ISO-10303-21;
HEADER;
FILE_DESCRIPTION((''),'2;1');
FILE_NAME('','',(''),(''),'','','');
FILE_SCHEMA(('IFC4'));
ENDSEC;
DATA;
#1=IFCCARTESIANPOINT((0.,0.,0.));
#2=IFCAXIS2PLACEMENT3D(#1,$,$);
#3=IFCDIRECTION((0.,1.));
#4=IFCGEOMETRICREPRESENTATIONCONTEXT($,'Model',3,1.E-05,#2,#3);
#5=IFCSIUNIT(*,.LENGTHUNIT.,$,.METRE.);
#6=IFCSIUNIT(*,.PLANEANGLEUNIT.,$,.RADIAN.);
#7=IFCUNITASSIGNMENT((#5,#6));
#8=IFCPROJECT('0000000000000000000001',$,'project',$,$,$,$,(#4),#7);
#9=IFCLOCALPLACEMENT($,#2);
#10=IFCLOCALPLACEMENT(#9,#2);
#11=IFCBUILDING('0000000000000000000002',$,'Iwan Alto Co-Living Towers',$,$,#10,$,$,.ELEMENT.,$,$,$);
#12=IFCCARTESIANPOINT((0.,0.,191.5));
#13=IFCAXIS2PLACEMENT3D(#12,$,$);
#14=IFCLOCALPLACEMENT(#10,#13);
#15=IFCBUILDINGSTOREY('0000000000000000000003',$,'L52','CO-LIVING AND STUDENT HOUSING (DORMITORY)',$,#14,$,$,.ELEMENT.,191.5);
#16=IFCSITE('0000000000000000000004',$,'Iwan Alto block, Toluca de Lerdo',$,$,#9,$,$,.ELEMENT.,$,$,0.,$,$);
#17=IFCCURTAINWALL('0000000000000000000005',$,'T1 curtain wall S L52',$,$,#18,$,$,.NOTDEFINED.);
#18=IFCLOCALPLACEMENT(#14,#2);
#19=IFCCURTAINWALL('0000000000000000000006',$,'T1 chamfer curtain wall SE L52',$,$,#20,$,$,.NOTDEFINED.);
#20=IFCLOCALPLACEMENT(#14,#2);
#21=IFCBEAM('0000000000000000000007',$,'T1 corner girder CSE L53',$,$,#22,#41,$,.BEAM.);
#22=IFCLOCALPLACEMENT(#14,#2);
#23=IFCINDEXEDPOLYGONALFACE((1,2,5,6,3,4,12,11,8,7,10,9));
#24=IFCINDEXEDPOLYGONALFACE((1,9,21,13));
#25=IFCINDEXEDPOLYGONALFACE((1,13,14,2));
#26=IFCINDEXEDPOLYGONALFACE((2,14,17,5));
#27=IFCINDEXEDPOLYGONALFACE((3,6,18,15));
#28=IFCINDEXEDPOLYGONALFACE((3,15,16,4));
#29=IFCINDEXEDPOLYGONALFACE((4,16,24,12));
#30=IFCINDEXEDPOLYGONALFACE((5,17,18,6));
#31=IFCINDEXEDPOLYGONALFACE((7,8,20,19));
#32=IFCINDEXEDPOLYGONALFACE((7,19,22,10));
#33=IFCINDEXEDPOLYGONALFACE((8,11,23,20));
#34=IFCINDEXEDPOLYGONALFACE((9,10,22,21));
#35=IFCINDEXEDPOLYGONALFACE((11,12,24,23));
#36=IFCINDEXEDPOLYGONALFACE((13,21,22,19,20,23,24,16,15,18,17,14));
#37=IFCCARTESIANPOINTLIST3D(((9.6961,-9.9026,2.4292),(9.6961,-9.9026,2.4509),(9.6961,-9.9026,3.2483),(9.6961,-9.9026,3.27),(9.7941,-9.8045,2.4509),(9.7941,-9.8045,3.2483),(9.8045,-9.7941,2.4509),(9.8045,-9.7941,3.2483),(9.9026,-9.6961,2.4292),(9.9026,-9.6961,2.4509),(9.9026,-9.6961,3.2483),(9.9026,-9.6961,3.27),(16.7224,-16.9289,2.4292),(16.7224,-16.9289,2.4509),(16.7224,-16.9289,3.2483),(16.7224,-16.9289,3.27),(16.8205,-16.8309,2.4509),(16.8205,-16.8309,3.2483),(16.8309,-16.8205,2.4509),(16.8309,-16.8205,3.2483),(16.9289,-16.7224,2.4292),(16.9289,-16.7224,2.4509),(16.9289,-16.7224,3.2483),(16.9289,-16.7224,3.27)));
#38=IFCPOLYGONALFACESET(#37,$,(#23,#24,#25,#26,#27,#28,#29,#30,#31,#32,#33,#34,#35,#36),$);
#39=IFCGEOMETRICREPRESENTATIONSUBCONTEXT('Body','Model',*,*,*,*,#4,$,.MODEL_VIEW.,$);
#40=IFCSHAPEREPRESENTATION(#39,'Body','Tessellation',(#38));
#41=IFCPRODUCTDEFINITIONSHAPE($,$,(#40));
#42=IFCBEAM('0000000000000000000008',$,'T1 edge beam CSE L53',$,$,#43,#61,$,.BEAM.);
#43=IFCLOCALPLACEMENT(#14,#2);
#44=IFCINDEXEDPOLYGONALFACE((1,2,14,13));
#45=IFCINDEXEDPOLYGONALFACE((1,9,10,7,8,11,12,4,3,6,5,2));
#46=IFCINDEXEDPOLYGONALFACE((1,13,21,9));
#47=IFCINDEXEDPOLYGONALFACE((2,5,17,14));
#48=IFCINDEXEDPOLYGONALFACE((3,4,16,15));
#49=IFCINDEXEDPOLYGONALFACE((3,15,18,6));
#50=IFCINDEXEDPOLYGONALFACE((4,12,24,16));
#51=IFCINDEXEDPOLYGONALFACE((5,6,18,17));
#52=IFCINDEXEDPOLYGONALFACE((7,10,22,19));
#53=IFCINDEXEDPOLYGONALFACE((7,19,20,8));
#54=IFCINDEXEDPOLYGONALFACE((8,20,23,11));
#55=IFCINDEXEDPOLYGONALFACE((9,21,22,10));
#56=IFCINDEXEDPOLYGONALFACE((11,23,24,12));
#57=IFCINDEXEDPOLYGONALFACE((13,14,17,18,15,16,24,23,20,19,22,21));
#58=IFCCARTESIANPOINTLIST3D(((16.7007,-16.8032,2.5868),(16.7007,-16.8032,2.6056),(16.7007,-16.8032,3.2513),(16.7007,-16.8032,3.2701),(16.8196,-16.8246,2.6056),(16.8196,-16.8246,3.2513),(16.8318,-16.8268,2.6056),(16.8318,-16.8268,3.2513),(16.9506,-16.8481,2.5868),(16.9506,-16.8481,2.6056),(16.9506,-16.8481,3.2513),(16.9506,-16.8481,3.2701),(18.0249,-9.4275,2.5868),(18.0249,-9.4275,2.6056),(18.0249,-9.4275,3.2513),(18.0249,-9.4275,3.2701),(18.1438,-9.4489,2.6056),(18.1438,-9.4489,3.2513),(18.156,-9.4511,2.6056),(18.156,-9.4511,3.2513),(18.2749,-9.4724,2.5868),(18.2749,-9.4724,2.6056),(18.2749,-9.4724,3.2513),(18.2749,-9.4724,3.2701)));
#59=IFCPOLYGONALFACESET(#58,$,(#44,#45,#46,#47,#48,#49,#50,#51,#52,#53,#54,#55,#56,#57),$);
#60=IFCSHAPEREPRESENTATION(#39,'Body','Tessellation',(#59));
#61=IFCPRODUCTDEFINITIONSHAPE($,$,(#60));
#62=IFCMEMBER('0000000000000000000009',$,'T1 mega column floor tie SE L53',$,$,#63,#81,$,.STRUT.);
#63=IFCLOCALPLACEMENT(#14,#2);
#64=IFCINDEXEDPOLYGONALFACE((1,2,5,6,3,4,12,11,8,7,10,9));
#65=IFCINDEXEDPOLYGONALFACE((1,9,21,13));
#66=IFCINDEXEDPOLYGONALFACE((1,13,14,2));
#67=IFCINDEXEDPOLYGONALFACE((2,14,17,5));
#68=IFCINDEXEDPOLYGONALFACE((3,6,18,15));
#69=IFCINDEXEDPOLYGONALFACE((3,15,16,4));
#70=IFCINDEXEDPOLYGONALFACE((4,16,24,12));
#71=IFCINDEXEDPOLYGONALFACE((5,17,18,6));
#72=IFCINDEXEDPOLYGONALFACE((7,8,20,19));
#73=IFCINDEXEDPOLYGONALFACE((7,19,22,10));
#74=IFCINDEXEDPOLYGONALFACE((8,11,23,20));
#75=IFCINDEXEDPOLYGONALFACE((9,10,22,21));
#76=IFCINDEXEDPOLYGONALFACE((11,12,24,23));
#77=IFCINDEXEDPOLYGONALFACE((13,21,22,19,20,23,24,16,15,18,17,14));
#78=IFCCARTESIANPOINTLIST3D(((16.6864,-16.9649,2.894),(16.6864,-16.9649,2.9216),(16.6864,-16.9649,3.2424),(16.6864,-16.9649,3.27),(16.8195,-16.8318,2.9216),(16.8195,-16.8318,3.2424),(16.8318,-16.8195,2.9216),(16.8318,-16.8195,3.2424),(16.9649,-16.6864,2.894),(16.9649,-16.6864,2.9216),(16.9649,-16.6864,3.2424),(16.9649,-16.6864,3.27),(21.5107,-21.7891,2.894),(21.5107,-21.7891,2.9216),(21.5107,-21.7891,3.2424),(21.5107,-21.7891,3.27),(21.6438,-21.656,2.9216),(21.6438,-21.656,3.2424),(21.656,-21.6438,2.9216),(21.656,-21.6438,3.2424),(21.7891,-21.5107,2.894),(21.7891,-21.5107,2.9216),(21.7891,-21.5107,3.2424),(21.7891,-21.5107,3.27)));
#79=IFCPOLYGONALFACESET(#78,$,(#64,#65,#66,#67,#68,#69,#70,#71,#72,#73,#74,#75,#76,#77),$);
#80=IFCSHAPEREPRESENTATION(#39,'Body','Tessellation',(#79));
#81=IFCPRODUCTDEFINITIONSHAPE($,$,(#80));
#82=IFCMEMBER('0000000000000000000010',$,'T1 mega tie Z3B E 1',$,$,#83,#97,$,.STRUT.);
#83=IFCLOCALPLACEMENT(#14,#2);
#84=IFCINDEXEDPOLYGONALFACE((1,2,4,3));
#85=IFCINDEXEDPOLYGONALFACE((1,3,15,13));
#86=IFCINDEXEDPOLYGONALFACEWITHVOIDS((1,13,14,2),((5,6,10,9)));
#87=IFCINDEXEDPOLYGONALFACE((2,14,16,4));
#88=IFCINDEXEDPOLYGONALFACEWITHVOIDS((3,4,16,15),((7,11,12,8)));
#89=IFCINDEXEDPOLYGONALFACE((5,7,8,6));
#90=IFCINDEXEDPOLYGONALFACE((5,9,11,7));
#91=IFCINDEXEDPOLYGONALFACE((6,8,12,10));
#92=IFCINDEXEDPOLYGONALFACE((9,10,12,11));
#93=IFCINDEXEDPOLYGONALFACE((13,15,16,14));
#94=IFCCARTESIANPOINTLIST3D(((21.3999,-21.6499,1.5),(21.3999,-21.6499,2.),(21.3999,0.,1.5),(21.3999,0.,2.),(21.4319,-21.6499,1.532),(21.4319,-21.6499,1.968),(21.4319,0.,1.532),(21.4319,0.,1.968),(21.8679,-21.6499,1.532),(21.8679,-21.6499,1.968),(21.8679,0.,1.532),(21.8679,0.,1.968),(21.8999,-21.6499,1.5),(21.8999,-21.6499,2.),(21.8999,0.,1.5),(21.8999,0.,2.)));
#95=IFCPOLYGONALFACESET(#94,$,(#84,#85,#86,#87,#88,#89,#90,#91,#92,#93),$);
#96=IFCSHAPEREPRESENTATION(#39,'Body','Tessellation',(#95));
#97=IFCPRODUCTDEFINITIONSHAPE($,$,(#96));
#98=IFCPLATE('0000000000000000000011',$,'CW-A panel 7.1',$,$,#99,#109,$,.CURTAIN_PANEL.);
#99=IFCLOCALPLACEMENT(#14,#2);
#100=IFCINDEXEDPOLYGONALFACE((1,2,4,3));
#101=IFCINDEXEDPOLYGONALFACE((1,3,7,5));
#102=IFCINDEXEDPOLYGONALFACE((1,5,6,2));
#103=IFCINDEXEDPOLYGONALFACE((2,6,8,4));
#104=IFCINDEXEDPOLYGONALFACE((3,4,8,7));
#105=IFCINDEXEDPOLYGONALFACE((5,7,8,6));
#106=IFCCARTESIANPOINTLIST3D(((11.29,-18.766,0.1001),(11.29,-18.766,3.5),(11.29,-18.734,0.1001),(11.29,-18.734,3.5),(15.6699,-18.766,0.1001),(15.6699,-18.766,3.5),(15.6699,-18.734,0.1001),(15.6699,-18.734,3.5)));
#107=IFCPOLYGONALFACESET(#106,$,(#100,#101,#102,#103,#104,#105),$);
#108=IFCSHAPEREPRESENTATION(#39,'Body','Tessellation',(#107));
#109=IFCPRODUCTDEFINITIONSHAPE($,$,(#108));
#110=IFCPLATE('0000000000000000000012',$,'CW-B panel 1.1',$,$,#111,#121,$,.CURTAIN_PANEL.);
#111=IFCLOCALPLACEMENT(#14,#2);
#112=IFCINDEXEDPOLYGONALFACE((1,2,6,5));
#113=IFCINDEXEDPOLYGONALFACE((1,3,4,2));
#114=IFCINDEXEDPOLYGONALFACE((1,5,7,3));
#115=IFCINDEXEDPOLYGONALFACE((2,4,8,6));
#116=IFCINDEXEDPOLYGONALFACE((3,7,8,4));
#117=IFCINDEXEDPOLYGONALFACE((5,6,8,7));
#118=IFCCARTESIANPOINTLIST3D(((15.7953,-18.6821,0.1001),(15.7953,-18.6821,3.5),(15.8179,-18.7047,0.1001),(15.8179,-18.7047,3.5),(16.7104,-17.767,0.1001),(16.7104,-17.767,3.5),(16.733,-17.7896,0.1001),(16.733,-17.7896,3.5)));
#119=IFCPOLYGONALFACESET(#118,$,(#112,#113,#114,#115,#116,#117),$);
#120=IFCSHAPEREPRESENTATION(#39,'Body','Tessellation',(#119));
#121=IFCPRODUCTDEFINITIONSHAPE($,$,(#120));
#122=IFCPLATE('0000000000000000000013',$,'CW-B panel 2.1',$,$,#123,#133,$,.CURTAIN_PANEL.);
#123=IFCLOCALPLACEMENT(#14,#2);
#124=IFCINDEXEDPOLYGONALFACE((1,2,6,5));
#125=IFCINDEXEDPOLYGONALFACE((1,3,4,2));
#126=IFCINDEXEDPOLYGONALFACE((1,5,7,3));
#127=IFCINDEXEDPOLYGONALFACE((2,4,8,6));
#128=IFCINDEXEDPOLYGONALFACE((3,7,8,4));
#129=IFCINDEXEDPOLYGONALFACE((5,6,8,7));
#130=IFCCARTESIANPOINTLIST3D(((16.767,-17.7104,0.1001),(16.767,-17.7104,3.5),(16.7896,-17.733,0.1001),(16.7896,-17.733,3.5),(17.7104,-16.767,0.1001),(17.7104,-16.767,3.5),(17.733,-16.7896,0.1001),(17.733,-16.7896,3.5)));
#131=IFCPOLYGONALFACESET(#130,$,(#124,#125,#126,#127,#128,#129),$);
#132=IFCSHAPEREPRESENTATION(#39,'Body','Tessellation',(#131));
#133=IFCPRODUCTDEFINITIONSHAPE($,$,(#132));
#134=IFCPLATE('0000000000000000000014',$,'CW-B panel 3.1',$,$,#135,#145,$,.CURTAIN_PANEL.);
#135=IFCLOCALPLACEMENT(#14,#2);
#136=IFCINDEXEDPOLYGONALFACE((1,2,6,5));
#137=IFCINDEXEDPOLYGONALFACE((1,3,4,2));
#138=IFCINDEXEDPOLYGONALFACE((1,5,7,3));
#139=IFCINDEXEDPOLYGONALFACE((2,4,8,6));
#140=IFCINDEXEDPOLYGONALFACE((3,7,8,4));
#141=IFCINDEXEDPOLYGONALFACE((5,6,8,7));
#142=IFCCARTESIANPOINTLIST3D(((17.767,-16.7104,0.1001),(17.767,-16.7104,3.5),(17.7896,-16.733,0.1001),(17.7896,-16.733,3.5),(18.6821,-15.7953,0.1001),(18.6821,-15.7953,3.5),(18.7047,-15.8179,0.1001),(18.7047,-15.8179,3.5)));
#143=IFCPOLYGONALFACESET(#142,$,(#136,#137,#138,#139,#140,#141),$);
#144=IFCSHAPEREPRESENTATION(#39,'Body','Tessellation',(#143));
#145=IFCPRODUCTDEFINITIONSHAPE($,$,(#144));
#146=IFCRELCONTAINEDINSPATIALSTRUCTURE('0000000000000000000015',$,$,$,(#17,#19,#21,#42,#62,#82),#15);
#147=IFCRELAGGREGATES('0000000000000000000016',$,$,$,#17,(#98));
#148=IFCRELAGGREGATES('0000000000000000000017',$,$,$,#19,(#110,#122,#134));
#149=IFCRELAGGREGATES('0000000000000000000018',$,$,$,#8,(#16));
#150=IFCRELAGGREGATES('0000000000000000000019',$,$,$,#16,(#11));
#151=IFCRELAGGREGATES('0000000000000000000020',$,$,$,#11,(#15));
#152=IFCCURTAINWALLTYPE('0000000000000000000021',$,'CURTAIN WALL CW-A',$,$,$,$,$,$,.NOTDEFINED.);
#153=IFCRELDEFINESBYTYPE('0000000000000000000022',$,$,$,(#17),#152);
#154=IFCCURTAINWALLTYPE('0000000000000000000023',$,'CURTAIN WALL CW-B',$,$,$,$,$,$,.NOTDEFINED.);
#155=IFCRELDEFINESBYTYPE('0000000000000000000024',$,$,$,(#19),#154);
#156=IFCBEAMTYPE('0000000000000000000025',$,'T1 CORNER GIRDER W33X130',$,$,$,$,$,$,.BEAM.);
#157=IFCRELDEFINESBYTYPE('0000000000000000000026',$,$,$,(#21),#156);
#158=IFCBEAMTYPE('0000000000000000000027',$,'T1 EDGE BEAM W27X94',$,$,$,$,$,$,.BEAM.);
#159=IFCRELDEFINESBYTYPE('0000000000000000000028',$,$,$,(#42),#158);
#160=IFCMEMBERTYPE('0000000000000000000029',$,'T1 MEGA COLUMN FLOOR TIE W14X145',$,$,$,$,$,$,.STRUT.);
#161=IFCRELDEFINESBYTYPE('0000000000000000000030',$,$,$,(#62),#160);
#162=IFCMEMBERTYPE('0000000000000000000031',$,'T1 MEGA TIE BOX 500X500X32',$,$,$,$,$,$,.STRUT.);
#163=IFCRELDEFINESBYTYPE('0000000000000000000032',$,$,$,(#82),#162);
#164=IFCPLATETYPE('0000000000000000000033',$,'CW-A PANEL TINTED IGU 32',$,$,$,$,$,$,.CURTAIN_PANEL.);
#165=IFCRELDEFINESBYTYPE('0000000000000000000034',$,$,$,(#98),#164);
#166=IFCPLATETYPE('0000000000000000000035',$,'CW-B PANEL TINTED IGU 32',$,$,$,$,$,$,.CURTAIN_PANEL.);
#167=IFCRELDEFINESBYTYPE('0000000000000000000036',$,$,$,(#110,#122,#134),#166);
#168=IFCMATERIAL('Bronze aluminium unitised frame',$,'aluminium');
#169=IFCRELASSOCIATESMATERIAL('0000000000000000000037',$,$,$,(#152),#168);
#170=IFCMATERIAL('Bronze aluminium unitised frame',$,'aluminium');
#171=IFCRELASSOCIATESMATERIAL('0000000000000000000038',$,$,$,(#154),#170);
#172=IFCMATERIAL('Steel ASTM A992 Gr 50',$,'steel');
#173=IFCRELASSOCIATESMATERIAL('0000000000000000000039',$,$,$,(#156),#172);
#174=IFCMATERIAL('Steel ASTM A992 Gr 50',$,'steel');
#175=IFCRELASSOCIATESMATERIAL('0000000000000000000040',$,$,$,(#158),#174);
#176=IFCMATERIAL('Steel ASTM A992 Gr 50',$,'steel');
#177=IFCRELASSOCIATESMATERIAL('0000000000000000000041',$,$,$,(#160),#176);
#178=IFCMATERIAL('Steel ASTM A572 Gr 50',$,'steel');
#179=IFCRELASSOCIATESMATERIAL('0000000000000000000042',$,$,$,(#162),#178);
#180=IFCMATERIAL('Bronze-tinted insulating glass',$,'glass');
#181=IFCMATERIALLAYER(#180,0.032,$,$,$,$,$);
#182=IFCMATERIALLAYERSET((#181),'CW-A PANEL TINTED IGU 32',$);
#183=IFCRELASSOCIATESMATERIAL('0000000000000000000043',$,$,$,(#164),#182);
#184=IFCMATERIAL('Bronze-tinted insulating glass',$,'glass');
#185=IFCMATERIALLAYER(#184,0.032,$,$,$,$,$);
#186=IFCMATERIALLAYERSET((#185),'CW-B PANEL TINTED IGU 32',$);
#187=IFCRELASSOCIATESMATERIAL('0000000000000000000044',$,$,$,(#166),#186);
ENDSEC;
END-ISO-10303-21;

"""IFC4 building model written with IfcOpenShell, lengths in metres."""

from ifc_helpers import new_model, si_unit, direction, frame, origin, origin_2d, place, context, subcontext, project, spatial, rectangle, hollow_rectangle, i_section, extrude, material, layer, layer_set, material_profile, profile_set, type_object, element, aggregate, save


model = new_model("IFC4")

# Units and contexts
model_context = context("Model", 3, precision=1e-05, world=origin(), true_north=direction((0.0, 1.0)))
body_context = subcontext(model_context, "Body", "Model", "MODEL_VIEW")
ifc_project = project(units=[si_unit("LENGTHUNIT", "METRE"), si_unit("PLANEANGLEUNIT", "RADIAN")], contexts=[model_context])

# Site, building, storey
site_placement = place(None, origin())
site = spatial("IfcSite", under=ifc_project, at=site_placement, Name="Iwan Alto block, Toluca de Lerdo", CompositionType="ELEMENT", RefElevation=0.0)
building_placement = place(site_placement, origin())
building = spatial("IfcBuilding", under=site, at=building_placement, Name="Iwan Alto Co-Living Towers", CompositionType="ELEMENT")
storey_placement = place(building_placement, frame((0.0, 0.0, 191.5)))
storey = spatial("IfcBuildingStorey", under=building, at=storey_placement, Name="L52", Description="CO-LIVING AND STUDENT HOUSING (DORMITORY)", CompositionType="ELEMENT", Elevation=191.5)

# Curtain wall
ifc_material_1 = material(Name="Bronze aluminium unitised frame", Category="aluminium")
curtain_wall_type_1 = type_object("IfcCurtainWallType", Name="CURTAIN WALL CW-A", PredefinedType="NOTDEFINED", material=ifc_material_1)
curtain_wall_1_placement = place(storey_placement, origin())
curtain_wall_1 = element("IfcCurtainWall", 1, at=curtain_wall_1_placement, inside=storey, type_object=curtain_wall_type_1, Name="T1 curtain wall S L52", PredefinedType="NOTDEFINED")

# Curtain wall
ifc_material_2 = material(Name="Bronze aluminium unitised frame", Category="aluminium")
curtain_wall_type_2 = type_object("IfcCurtainWallType", Name="CURTAIN WALL CW-B", PredefinedType="NOTDEFINED", material=ifc_material_2)
curtain_wall_2_placement = place(storey_placement, origin())
curtain_wall_2 = element("IfcCurtainWall", 2, at=curtain_wall_2_placement, inside=storey, type_object=curtain_wall_type_2, Name="T1 chamfer curtain wall SE L52", PredefinedType="NOTDEFINED")

# Beams
ifc_material_3 = material(Name="Steel ASTM A992 Gr 50", Category="steel")
ifc_material_profile_1 = material_profile(ifc_material_3, i_section(OverallWidth=0.292, OverallDepth=0.8408, WebThickness=0.0146, FlangeThickness=0.0217, at=origin_2d()), Name="W33X130")
ifc_profile_set_1 = profile_set([ifc_material_profile_1], Name="Steel ASTM A992 Gr 50")
beam_type_1 = type_object("IfcBeamType", Name="T1 CORNER GIRDER W33X130", PredefinedType="BEAM", material=ifc_profile_set_1)
beam_1_placement = place(storey_placement, frame((16.8257, -16.8257, 2.8496), z_axis=(-0.707107, 0.707107, 0.0), x_axis=(-0.707107, -0.707107, 0.0)))
element("IfcBeam", 3, at=beam_1_placement, inside=storey, type_object=beam_type_1, Name="T1 corner girder CSE L53", PredefinedType="BEAM", context=body_context, shape_type="SweptSolid", body=[
    extrude(i_section(OverallWidth=0.292, OverallDepth=0.8408, WebThickness=0.0146, FlangeThickness=0.0217, at=origin_2d()), origin(), (0.0, 0.0, 1.0), 9.9368),
])
ifc_material_4 = material(Name="Steel ASTM A992 Gr 50", Category="steel")
ifc_material_profile_2 = material_profile(ifc_material_4, i_section(OverallWidth=0.2539, OverallDepth=0.6833, WebThickness=0.0125, FlangeThickness=0.0188, at=origin_2d()), Name="W27X94")
ifc_profile_set_2 = profile_set([ifc_material_profile_2], Name="Steel ASTM A992 Gr 50")
beam_type_2 = type_object("IfcBeamType", Name="T1 EDGE BEAM W27X94", PredefinedType="BEAM", material=ifc_profile_set_2)
beam_2_placement = place(storey_placement, frame((16.8257, -16.8257, 2.9285), z_axis=(0.176712, 0.984263, 0.0), x_axis=(-0.984263, 0.176712, 0.0)))
element("IfcBeam", 4, at=beam_2_placement, inside=storey, type_object=beam_type_2, Name="T1 edge beam CSE L53", PredefinedType="BEAM", context=body_context, shape_type="SweptSolid", body=[
    extrude(i_section(OverallWidth=0.2539, OverallDepth=0.6833, WebThickness=0.0125, FlangeThickness=0.0188, at=origin_2d()), origin(), (0.0, 0.0, 1.0), 7.4937),
])

# Members
ifc_material_5 = material(Name="Steel ASTM A992 Gr 50", Category="steel")
ifc_material_profile_3 = material_profile(ifc_material_5, i_section(OverallWidth=0.3938, OverallDepth=0.376, WebThickness=0.0173, FlangeThickness=0.0276, at=origin_2d()), Name="W14X145")
ifc_profile_set_3 = profile_set([ifc_material_profile_3], Name="Steel ASTM A992 Gr 50")
member_type_1 = type_object("IfcMemberType", Name="T1 MEGA COLUMN FLOOR TIE W14X145", PredefinedType="STRUT", material=ifc_profile_set_3)
member_1_placement = place(storey_placement, frame((21.6499, -21.6499, 3.082), z_axis=(-0.707107, 0.707107, 0.0), x_axis=(-0.707107, -0.707107, 0.0)))
element("IfcMember", 5, at=member_1_placement, inside=storey, type_object=member_type_1, Name="T1 mega column floor tie SE L53", PredefinedType="STRUT", context=body_context, shape_type="SweptSolid", body=[
    extrude(i_section(OverallWidth=0.3938, OverallDepth=0.376, WebThickness=0.0173, FlangeThickness=0.0276, at=origin_2d()), origin(), (0.0, 0.0, 1.0), 6.8225),
])
ifc_material_6 = material(Name="Steel ASTM A572 Gr 50", Category="steel")
ifc_material_profile_4 = material_profile(ifc_material_6, hollow_rectangle(XDim=0.5, YDim=0.5, WallThickness=0.032, at=origin_2d()), Name="BOX 500X500X32")
ifc_profile_set_4 = profile_set([ifc_material_profile_4], Name="Steel ASTM A572 Gr 50")
member_type_2 = type_object("IfcMemberType", Name="T1 MEGA TIE BOX 500X500X32", PredefinedType="STRUT", material=ifc_profile_set_4)
member_2_placement = place(storey_placement, frame((21.6499, -21.6499, 1.75), z_axis=(0.0, 1.0, 0.0), x_axis=(-1.0, 0.0, 0.0)))
element("IfcMember", 6, at=member_2_placement, inside=storey, type_object=member_type_2, Name="T1 mega tie Z3B E 1", PredefinedType="STRUT", context=body_context, shape_type="SweptSolid", body=[
    extrude(hollow_rectangle(XDim=0.5, YDim=0.5, WallThickness=0.032, at=origin_2d()), origin(), (0.0, 0.0, 1.0), 21.6499),
])

# Plates
ifc_material_7 = material(Name="Bronze-tinted insulating glass", Category="glass")
ifc_layer_1 = layer(ifc_material_7, 0.032)
ifc_layer_set_1 = layer_set([ifc_layer_1], Name="CW-A PANEL TINTED IGU 32")
plate_type_1 = type_object("IfcPlateType", Name="CW-A PANEL TINTED IGU 32", PredefinedType="CURTAIN_PANEL", material=ifc_layer_set_1)
plate_1_placement = place(storey_placement, frame((13.48, -18.75, 0.1001), z_axis=(0.0, 0.0, 1.0), x_axis=(1.0, 0.0, 0.0)))
plate_1 = element("IfcPlate", 7, at=plate_1_placement, type_object=plate_type_1, Name="CW-A panel 7.1", PredefinedType="CURTAIN_PANEL", context=body_context, shape_type="SweptSolid", body=[
    extrude(rectangle(XDim=4.3799, YDim=0.032, at=origin_2d()), origin(), (0.0, 0.0, 1.0), 3.3999),
])
aggregate(curtain_wall_1, [plate_1])
ifc_material_8 = material(Name="Bronze-tinted insulating glass", Category="glass")
ifc_layer_2 = layer(ifc_material_8, 0.032)
ifc_layer_set_2 = layer_set([ifc_layer_2], Name="CW-B PANEL TINTED IGU 32")
plate_type_2 = type_object("IfcPlateType", Name="CW-B PANEL TINTED IGU 32", PredefinedType="CURTAIN_PANEL", material=ifc_layer_set_2)
plate_2_placement = place(storey_placement, frame((16.2642, -18.2358, 0.1001), z_axis=(0.0, 0.0, 1.0), x_axis=(0.707107, 0.707107, 0.0)))
plate_2 = element("IfcPlate", 8, at=plate_2_placement, type_object=plate_type_2, Name="CW-B panel 1.1", PredefinedType="CURTAIN_PANEL", context=body_context, shape_type="SweptSolid", body=[
    extrude(rectangle(XDim=1.2942, YDim=0.032, at=origin_2d()), origin(), (0.0, 0.0, 1.0), 3.3999),
])
plate_3_placement = place(storey_placement, frame((17.25, -17.25, 0.1001), z_axis=(0.0, 0.0, 1.0), x_axis=(0.707107, 0.707107, 0.0)))
plate_3 = element("IfcPlate", 9, at=plate_3_placement, type_object=plate_type_2, Name="CW-B panel 2.1", PredefinedType="CURTAIN_PANEL", context=body_context, shape_type="SweptSolid", body=[
    extrude(rectangle(XDim=1.3342, YDim=0.032, at=origin_2d()), origin(), (0.0, 0.0, 1.0), 3.3999),
])
plate_4_placement = place(storey_placement, frame((18.2358, -16.2642, 0.1001), z_axis=(0.0, 0.0, 1.0), x_axis=(0.707107, 0.707107, 0.0)))
plate_4 = element("IfcPlate", 10, at=plate_4_placement, type_object=plate_type_2, Name="CW-B panel 3.1", PredefinedType="CURTAIN_PANEL", context=body_context, shape_type="SweptSolid", body=[
    extrude(rectangle(XDim=1.2942, YDim=0.032, at=origin_2d()), origin(), (0.0, 0.0, 1.0), 3.3999),
])
aggregate(curtain_wall_2, [plate_2, plate_3, plate_4])

save(model, "model.ifc")
